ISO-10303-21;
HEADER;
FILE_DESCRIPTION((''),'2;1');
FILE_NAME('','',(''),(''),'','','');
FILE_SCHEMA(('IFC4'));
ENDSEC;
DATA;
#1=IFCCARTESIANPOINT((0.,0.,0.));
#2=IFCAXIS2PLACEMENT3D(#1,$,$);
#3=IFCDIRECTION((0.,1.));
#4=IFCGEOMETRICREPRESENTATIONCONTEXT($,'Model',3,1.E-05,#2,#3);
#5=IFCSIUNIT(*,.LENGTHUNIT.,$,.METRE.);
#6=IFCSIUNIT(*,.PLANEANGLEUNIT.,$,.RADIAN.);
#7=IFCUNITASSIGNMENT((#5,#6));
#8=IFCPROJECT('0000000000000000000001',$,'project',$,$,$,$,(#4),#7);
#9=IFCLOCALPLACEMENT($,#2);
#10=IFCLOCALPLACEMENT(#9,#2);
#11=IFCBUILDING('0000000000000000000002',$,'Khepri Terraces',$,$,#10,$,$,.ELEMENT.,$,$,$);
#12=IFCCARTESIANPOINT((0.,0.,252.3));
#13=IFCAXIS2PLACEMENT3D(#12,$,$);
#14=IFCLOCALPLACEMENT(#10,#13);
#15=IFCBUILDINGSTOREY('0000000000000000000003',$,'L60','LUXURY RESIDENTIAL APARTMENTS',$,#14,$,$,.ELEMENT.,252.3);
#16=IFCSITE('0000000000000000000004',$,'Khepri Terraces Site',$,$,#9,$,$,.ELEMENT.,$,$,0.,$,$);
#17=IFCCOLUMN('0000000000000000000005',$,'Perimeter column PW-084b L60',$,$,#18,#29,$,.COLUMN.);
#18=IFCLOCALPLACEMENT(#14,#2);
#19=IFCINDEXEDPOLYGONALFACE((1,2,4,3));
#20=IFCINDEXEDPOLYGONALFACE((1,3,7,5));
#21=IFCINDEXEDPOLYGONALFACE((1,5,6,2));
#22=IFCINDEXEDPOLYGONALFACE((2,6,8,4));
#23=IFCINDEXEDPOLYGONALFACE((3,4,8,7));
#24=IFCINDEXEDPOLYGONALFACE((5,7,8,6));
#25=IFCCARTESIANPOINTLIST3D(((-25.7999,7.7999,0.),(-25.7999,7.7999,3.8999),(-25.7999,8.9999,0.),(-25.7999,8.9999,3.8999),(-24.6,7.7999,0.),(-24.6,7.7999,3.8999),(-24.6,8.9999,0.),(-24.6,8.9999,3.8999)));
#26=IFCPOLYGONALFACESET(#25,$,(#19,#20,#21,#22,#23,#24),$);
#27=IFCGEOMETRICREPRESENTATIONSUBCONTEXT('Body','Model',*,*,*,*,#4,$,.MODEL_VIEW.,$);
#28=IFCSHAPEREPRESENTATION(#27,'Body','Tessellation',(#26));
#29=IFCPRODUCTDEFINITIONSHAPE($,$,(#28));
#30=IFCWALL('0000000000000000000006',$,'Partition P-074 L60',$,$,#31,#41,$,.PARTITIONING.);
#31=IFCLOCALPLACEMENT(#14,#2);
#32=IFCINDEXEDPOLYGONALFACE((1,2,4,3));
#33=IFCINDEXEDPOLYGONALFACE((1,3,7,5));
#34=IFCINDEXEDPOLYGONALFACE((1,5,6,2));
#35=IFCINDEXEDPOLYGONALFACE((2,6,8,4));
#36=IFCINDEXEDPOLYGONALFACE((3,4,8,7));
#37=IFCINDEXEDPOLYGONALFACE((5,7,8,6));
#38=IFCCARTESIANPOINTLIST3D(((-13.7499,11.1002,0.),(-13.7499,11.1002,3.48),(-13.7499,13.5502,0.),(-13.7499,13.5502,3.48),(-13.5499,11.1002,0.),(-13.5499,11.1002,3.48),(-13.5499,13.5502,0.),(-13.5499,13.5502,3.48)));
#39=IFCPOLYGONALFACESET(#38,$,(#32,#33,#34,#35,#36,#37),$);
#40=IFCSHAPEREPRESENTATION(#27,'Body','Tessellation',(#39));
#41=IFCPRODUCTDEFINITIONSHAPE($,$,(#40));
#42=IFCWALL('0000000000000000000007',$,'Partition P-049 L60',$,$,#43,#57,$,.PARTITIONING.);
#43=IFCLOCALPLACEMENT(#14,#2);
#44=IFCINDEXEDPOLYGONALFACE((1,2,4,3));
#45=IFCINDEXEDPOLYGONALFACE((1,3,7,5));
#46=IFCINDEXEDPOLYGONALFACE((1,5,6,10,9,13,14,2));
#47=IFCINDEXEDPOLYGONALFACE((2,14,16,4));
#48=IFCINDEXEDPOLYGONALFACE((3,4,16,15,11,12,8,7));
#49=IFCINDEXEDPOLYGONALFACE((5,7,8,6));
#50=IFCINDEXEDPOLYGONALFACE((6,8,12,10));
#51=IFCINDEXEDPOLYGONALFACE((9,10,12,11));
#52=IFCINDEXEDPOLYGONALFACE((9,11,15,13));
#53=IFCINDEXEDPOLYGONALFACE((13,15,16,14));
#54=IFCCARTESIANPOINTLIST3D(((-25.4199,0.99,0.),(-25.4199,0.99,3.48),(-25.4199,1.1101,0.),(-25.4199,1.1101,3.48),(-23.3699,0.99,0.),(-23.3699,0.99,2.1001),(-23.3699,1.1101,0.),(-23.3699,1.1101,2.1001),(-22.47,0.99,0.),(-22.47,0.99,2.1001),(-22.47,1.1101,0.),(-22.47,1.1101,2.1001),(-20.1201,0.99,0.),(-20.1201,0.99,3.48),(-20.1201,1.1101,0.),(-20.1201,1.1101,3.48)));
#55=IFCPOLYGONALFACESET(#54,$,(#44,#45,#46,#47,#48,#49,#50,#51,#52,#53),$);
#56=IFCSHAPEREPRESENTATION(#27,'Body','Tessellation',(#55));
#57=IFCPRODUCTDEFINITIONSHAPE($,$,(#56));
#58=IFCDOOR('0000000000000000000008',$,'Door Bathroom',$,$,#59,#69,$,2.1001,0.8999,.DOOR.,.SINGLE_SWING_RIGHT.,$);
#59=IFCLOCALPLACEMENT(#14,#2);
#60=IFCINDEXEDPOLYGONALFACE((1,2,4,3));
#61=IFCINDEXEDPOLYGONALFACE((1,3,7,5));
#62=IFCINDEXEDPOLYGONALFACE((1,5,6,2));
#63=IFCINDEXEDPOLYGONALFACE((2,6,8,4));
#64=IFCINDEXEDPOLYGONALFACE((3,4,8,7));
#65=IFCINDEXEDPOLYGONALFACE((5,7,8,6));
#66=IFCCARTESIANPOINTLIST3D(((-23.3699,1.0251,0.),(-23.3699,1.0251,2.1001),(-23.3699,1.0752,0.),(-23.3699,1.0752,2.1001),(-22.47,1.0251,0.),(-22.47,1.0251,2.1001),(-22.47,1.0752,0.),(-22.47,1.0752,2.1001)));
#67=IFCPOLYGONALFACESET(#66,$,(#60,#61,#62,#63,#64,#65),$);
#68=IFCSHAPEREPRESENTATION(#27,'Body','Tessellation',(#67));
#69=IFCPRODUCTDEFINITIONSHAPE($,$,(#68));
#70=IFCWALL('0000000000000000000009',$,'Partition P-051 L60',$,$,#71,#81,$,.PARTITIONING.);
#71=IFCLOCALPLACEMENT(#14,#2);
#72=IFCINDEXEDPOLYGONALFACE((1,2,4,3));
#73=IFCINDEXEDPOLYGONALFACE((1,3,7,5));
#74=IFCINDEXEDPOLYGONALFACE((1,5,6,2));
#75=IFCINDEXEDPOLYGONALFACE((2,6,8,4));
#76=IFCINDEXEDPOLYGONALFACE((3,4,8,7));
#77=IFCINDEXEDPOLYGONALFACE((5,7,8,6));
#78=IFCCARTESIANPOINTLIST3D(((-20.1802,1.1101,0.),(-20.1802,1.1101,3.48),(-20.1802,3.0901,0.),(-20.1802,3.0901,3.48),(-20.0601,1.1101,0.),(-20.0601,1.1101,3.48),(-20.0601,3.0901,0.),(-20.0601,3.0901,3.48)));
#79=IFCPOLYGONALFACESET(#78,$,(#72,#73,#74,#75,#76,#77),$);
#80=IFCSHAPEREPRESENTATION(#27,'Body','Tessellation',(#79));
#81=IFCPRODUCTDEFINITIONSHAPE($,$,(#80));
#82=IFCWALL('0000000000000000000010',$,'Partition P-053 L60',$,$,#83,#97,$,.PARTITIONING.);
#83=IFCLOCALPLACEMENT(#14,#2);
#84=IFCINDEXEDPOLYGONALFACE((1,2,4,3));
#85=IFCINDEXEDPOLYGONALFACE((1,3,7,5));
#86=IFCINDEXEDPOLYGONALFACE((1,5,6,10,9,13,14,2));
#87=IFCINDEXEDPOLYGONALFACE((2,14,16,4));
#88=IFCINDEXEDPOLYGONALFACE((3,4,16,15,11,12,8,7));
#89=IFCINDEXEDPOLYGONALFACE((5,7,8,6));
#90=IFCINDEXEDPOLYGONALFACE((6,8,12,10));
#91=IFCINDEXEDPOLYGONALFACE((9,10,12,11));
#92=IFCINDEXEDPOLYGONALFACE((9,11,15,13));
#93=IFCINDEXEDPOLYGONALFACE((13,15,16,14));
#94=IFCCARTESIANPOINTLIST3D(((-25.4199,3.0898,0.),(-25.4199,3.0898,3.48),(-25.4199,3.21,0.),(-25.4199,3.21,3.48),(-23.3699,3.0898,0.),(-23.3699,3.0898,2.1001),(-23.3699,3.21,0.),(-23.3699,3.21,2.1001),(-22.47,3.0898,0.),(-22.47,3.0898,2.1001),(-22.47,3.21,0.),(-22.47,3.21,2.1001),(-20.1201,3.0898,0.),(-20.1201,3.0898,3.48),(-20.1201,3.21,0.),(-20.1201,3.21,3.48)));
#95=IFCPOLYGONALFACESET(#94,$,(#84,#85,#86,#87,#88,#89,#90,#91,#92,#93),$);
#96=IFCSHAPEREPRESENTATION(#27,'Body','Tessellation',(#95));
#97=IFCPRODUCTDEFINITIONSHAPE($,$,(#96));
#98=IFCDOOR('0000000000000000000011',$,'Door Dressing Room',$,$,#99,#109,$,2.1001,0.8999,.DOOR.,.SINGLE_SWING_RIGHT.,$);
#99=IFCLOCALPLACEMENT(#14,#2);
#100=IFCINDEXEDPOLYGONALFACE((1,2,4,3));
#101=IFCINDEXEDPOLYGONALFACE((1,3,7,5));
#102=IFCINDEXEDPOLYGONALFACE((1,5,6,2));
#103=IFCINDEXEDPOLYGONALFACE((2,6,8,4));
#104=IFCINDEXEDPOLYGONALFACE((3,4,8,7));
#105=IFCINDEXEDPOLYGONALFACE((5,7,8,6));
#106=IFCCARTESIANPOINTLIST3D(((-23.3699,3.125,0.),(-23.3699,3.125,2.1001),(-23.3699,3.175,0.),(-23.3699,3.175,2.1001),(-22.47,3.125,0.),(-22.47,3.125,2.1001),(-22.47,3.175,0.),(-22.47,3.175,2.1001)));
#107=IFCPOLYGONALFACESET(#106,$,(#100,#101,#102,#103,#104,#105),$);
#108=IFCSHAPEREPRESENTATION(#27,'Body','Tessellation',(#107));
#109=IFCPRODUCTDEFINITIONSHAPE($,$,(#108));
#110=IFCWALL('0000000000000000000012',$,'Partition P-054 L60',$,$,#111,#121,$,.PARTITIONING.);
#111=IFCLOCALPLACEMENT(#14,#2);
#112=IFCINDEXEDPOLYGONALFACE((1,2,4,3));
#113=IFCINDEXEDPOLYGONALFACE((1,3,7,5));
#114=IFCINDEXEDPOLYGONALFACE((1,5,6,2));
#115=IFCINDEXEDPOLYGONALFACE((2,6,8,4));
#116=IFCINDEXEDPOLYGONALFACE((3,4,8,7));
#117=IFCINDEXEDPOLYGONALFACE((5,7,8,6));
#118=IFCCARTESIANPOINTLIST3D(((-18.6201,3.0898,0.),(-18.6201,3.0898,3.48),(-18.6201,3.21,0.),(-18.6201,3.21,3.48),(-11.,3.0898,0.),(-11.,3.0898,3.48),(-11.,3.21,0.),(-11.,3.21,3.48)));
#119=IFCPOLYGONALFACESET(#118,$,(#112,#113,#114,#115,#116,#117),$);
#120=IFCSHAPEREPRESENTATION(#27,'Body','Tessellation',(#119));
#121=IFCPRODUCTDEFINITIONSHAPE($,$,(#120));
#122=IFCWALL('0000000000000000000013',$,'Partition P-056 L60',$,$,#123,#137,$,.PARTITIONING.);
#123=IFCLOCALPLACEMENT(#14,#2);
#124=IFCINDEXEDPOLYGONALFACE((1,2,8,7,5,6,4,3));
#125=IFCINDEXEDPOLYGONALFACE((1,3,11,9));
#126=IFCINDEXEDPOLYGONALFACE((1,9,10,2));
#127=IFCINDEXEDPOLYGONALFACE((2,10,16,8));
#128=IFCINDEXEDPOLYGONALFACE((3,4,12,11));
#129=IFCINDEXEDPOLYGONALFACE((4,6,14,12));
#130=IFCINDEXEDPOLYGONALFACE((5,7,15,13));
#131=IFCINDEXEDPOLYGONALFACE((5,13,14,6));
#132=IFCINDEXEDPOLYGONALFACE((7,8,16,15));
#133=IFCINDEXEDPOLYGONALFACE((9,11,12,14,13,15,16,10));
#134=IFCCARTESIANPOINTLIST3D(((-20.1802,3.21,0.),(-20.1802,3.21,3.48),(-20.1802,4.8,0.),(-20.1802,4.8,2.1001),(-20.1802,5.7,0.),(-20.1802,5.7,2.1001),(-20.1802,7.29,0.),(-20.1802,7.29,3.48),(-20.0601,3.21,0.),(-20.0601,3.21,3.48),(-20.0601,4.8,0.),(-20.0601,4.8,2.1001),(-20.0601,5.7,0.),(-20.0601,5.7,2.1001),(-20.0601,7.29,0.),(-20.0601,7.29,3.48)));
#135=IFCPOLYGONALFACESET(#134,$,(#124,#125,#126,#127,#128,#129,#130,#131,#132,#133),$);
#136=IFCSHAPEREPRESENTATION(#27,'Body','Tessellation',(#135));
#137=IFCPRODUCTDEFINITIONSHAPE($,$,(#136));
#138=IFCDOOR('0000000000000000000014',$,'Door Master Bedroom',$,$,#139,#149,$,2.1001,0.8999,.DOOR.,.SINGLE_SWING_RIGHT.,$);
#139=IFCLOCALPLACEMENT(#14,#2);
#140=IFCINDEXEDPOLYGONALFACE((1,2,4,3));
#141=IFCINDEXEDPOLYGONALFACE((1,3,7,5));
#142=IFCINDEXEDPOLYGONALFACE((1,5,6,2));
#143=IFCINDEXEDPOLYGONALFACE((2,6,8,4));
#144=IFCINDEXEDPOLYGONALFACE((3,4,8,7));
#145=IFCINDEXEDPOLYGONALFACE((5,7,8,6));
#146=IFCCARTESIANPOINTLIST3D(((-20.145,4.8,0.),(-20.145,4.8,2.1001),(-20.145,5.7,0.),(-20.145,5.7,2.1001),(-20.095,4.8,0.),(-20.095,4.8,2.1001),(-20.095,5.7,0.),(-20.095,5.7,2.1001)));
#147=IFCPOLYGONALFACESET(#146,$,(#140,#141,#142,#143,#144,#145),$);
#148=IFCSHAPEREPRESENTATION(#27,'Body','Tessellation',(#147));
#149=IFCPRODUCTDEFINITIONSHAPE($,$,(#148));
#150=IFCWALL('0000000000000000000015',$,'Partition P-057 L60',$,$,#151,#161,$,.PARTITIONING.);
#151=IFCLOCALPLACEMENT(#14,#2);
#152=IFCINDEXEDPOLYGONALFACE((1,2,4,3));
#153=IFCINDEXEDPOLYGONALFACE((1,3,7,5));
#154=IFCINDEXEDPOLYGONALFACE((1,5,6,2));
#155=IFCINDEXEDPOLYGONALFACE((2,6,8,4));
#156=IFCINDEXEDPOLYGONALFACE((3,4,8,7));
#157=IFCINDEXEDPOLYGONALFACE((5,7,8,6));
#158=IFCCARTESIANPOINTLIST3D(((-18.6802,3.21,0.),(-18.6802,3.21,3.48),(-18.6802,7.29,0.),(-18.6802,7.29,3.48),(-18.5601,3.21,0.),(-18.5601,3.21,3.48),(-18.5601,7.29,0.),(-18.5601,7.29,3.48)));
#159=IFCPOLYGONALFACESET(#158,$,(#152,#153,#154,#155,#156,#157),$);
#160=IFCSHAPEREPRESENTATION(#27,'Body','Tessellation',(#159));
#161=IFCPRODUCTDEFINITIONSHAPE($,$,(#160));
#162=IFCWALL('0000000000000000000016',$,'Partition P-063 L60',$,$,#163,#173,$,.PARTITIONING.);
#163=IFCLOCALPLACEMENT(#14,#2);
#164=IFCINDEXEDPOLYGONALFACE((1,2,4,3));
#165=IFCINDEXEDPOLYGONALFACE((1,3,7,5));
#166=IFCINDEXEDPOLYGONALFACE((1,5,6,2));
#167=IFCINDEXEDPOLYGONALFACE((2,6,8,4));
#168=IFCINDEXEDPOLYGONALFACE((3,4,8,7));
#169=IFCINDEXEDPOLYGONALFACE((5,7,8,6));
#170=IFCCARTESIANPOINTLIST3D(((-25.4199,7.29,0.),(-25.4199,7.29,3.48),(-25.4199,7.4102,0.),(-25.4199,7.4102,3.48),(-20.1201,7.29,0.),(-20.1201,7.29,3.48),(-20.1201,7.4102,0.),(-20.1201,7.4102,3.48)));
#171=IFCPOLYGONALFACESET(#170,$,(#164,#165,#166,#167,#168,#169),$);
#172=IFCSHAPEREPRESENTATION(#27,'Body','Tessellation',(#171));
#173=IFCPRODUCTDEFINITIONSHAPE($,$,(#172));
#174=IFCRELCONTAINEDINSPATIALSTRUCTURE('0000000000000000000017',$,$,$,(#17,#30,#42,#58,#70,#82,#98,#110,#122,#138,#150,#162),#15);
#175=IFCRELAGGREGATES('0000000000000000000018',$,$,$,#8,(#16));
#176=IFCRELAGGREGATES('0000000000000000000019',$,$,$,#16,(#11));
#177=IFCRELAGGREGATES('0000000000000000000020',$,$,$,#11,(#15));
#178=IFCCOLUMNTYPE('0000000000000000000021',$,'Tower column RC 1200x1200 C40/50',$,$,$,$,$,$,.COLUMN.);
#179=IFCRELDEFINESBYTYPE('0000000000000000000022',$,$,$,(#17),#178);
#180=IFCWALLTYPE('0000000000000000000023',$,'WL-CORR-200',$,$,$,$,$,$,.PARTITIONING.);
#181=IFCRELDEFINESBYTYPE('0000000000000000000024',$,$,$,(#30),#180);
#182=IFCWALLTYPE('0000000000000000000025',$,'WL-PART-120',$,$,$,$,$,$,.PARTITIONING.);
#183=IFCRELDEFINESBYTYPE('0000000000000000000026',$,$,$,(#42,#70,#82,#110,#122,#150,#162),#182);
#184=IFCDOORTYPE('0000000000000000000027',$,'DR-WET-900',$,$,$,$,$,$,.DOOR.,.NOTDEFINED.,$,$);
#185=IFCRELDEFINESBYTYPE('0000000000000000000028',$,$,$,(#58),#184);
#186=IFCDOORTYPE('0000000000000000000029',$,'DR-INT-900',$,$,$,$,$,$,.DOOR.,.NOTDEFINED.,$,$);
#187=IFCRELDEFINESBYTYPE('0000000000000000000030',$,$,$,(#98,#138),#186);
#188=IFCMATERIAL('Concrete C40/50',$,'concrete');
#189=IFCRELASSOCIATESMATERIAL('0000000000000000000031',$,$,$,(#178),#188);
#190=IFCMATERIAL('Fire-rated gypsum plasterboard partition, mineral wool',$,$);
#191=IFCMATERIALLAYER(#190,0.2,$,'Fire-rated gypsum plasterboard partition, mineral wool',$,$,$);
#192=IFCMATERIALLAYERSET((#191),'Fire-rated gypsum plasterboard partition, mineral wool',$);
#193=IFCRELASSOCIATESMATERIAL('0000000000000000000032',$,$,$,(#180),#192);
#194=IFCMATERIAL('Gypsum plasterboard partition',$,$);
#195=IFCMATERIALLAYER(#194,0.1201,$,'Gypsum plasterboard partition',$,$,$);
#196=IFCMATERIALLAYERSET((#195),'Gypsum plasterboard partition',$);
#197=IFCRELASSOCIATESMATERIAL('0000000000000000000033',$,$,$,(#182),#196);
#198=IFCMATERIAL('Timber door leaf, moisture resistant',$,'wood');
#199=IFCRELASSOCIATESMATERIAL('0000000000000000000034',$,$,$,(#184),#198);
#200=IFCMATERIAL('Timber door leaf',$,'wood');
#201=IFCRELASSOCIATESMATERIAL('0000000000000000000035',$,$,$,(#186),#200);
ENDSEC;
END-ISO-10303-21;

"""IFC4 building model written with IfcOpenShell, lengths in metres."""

from ifc_helpers import new_model, si_unit, direction, frame, frame_2d, origin, origin_2d, place, context, subcontext, project, spatial, rectangle, extrude, material, layer, layer_set, material_profile, profile_set, type_object, element, fill, save


model = new_model("IFC4")

# Units and contexts
model_context = context("Model", 3, precision=1e-05, world=origin(), true_north=direction((0.0, 1.0)))
body_context = subcontext(model_context, "Body", "Model", "MODEL_VIEW")
ifc_project = project(units=[si_unit("LENGTHUNIT", "METRE"), si_unit("PLANEANGLEUNIT", "RADIAN")], contexts=[model_context])

# Site, building, storey
site_placement = place(None, origin())
site = spatial("IfcSite", under=ifc_project, at=site_placement, Name="Khepri Terraces Site", CompositionType="ELEMENT", RefElevation=0.0)
building_placement = place(site_placement, origin())
building = spatial("IfcBuilding", under=site, at=building_placement, Name="Khepri Terraces", CompositionType="ELEMENT")
storey_placement = place(building_placement, frame((0.0, 0.0, 252.3)))
storey = spatial("IfcBuildingStorey", under=building, at=storey_placement, Name="L60", Description="LUXURY RESIDENTIAL APARTMENTS", CompositionType="ELEMENT", Elevation=252.3)

# Column
ifc_material_1 = material(Name="Concrete C40/50", Category="concrete")
ifc_material_profile = material_profile(ifc_material_1, rectangle(XDim=1.2, YDim=1.2, at=origin_2d()), Name="Concrete C40/50", Category="concrete")
ifc_profile_set = profile_set([ifc_material_profile], Name="Concrete C40/50")
column_type = type_object("IfcColumnType", Name="Tower column RC 1200x1200 C40/50", PredefinedType="COLUMN", material=ifc_profile_set)
column_placement = place(storey_placement, frame((-25.2, 8.3999, 0.0), z_axis=(0.0, 0.0, 1.0), x_axis=(1.0, 0.0, 0.0)))
element("IfcColumn", 1, at=column_placement, inside=storey, type_object=column_type, Name="Perimeter column PW-084b L60", PredefinedType="COLUMN", context=body_context, shape_type="SweptSolid", body=[
    extrude(rectangle(XDim=1.2, YDim=1.2, at=origin_2d()), origin(), (0.0, 0.0, 1.0), 3.8999),
])

# Shared definitions
ifc_material_2 = material(Name="Fire-rated gypsum plasterboard partition, mineral wool")
ifc_layer_1 = layer(ifc_material_2, 0.2, Name="Fire-rated gypsum plasterboard partition, mineral wool")
ifc_layer_set_1 = layer_set([ifc_layer_1], Name="Fire-rated gypsum plasterboard partition, mineral wool")
wall_type_1 = type_object("IfcWallType", Name="WL-CORR-200", PredefinedType="PARTITIONING", material=ifc_layer_set_1)

# Wall
wall_1_placement = place(storey_placement, frame((-13.6499, 11.1001, 0.0), z_axis=(0.0, 0.0, 1.0), x_axis=(0.0, 1.0, 0.0)))
element("IfcWall", 2, at=wall_1_placement, inside=storey, type_object=wall_type_1, Name="Partition P-074 L60", PredefinedType="PARTITIONING", context=body_context, shape_type="SweptSolid", body=[
    extrude(rectangle(XDim=2.45, YDim=0.2, at=frame_2d((1.2251, 0.0))), origin(), (0.0, 0.0, 1.0), 3.48),
])

# Wall, opening, door
ifc_material_3 = material(Name="Gypsum plasterboard partition")
ifc_layer_2 = layer(ifc_material_3, 0.1201, Name="Gypsum plasterboard partition")
ifc_layer_set_2 = layer_set([ifc_layer_2], Name="Gypsum plasterboard partition")
wall_type_2 = type_object("IfcWallType", Name="WL-PART-120", PredefinedType="PARTITIONING", material=ifc_layer_set_2)
wall_2_placement = place(storey_placement, frame((-25.4199, 1.05, 0.0), z_axis=(0.0, 0.0, 1.0), x_axis=(1.0, 0.0, 0.0)))
wall_2 = element("IfcWall", 3, at=wall_2_placement, inside=storey, type_object=wall_type_2, Name="Partition P-049 L60", PredefinedType="PARTITIONING", context=body_context, shape_type="SweptSolid", body=[
    extrude(rectangle(XDim=5.2998, YDim=0.1201, at=frame_2d((2.6499, 0.0))), origin(), (0.0, 0.0, 1.0), 3.48),
])
opening_1_placement = place(wall_2_placement, frame((2.05, 0.0, 0.0)))
opening_1 = element("IfcOpeningElement", 4, at=opening_1_placement, cuts=wall_2, PredefinedType="OPENING", context=body_context, shape_type="SweptSolid", body=[
    extrude(rectangle(XDim=0.8999, YDim=2.1001, at=frame_2d((0.45, 1.05))), frame((0.0, 0.0701, 0.0), z_axis=(0.0, -1.0, 0.0), x_axis=(1.0, 0.0, 0.0)), (0.0, 0.0, 1.0), 0.1401),
])
ifc_material_4 = material(Name="Timber door leaf, moisture resistant", Category="wood")
door_type_1 = type_object("IfcDoorType", Name="DR-WET-900", OperationType="NOTDEFINED", PredefinedType="DOOR", material=ifc_material_4)
door_1_placement = place(opening_1_placement, frame((0.8999, 0.0, 0.0), z_axis=(0.0, 0.0, 1.0), x_axis=(-1.0, 0.0, 0.0)))
door_1 = element("IfcDoor", 5, at=door_1_placement, inside=storey, type_object=door_type_1, Name="Door Bathroom", OperationType="SINGLE_SWING_RIGHT", OverallHeight=2.1001, OverallWidth=0.8999, PredefinedType="DOOR", context=body_context, shape_type="SweptSolid", body=[
    extrude(rectangle(XDim=0.8999, YDim=2.1001, at=frame_2d((0.45, 1.05))), frame((0.0, 0.0249, 0.0), z_axis=(0.0, -1.0, 0.0), x_axis=(1.0, 0.0, 0.0)), (0.0, 0.0, 1.0), 0.05),
])
fill(opening_1, door_1)

# Wall
wall_3_placement = place(storey_placement, frame((-20.1201, 1.1101, 0.0), z_axis=(0.0, 0.0, 1.0), x_axis=(0.0, 1.0, 0.0)))
element("IfcWall", 6, at=wall_3_placement, inside=storey, type_object=wall_type_2, Name="Partition P-051 L60", PredefinedType="PARTITIONING", context=body_context, shape_type="SweptSolid", body=[
    extrude(rectangle(XDim=1.98, YDim=0.1201, at=frame_2d((0.99, 0.0))), origin(), (0.0, 0.0, 1.0), 3.48),
])

# Wall, opening, door
wall_4_placement = place(storey_placement, frame((-25.4199, 3.1499, 0.0), z_axis=(0.0, 0.0, 1.0), x_axis=(1.0, 0.0, 0.0)))
wall_4 = element("IfcWall", 7, at=wall_4_placement, inside=storey, type_object=wall_type_2, Name="Partition P-053 L60", PredefinedType="PARTITIONING", context=body_context, shape_type="SweptSolid", body=[
    extrude(rectangle(XDim=5.2998, YDim=0.1201, at=frame_2d((2.6499, 0.0))), origin(), (0.0, 0.0, 1.0), 3.48),
])
opening_2_placement = place(wall_4_placement, frame((2.05, 0.0, 0.0)))
opening_2 = element("IfcOpeningElement", 8, at=opening_2_placement, cuts=wall_4, PredefinedType="OPENING", context=body_context, shape_type="SweptSolid", body=[
    extrude(rectangle(XDim=0.8999, YDim=2.1001, at=frame_2d((0.45, 1.05))), frame((0.0, 0.0701, 0.0), z_axis=(0.0, -1.0, 0.0), x_axis=(1.0, 0.0, 0.0)), (0.0, 0.0, 1.0), 0.1401),
])
ifc_material_5 = material(Name="Timber door leaf", Category="wood")
door_type_2 = type_object("IfcDoorType", Name="DR-INT-900", OperationType="NOTDEFINED", PredefinedType="DOOR", material=ifc_material_5)
door_2_placement = place(opening_2_placement, frame((0.8999, 0.0, 0.0), z_axis=(0.0, 0.0, 1.0), x_axis=(-1.0, 0.0, 0.0)))
door_2 = element("IfcDoor", 9, at=door_2_placement, inside=storey, type_object=door_type_2, Name="Door Dressing Room", OperationType="SINGLE_SWING_RIGHT", OverallHeight=2.1001, OverallWidth=0.8999, PredefinedType="DOOR", context=body_context, shape_type="SweptSolid", body=[
    extrude(rectangle(XDim=0.8999, YDim=2.1001, at=frame_2d((0.45, 1.05))), frame((0.0, 0.0249, 0.0), z_axis=(0.0, -1.0, 0.0), x_axis=(1.0, 0.0, 0.0)), (0.0, 0.0, 1.0), 0.05),
])
fill(opening_2, door_2)

# Wall
wall_5_placement = place(storey_placement, frame((-18.6201, 3.1499, 0.0), z_axis=(0.0, 0.0, 1.0), x_axis=(1.0, 0.0, 0.0)))
element("IfcWall", 10, at=wall_5_placement, inside=storey, type_object=wall_type_2, Name="Partition P-054 L60", PredefinedType="PARTITIONING", context=body_context, shape_type="SweptSolid", body=[
    extrude(rectangle(XDim=7.6201, YDim=0.1201, at=frame_2d((3.8101, 0.0))), origin(), (0.0, 0.0, 1.0), 3.48),
])

# Wall, opening, door
wall_6_placement = place(storey_placement, frame((-20.1201, 3.21, 0.0), z_axis=(0.0, 0.0, 1.0), x_axis=(0.0, 1.0, 0.0)))
wall_6 = element("IfcWall", 11, at=wall_6_placement, inside=storey, type_object=wall_type_2, Name="Partition P-056 L60", PredefinedType="PARTITIONING", context=body_context, shape_type="SweptSolid", body=[
    extrude(rectangle(XDim=4.0801, YDim=0.1201, at=frame_2d((2.04, 0.0))), origin(), (0.0, 0.0, 1.0), 3.48),
])
opening_3_placement = place(wall_6_placement, frame((1.5901, 0.0, 0.0)))
opening_3 = element("IfcOpeningElement", 12, at=opening_3_placement, cuts=wall_6, PredefinedType="OPENING", context=body_context, shape_type="SweptSolid", body=[
    extrude(rectangle(XDim=0.8999, YDim=2.1001, at=frame_2d((0.45, 1.05))), frame((0.0, 0.0701, 0.0), z_axis=(0.0, -1.0, 0.0), x_axis=(1.0, 0.0, 0.0)), (0.0, 0.0, 1.0), 0.1401),
])
door_3_placement = place(opening_3_placement, origin())
door_3 = element("IfcDoor", 13, at=door_3_placement, inside=storey, type_object=door_type_2, Name="Door Master Bedroom", OperationType="SINGLE_SWING_RIGHT", OverallHeight=2.1001, OverallWidth=0.8999, PredefinedType="DOOR", context=body_context, shape_type="SweptSolid", body=[
    extrude(rectangle(XDim=0.8999, YDim=2.1001, at=frame_2d((0.45, 1.05))), frame((0.0, 0.0249, 0.0), z_axis=(0.0, -1.0, 0.0), x_axis=(1.0, 0.0, 0.0)), (0.0, 0.0, 1.0), 0.05),
])
fill(opening_3, door_3)

# Walls
wall_7_placement = place(storey_placement, frame((-18.6201, 3.21, 0.0), z_axis=(0.0, 0.0, 1.0), x_axis=(0.0, 1.0, 0.0)))
element("IfcWall", 14, at=wall_7_placement, inside=storey, type_object=wall_type_2, Name="Partition P-057 L60", PredefinedType="PARTITIONING", context=body_context, shape_type="SweptSolid", body=[
    extrude(rectangle(XDim=4.0801, YDim=0.1201, at=frame_2d((2.04, 0.0))), origin(), (0.0, 0.0, 1.0), 3.48),
])
wall_8_placement = place(storey_placement, frame((-25.4199, 7.3501, 0.0), z_axis=(0.0, 0.0, 1.0), x_axis=(1.0, 0.0, 0.0)))
element("IfcWall", 15, at=wall_8_placement, inside=storey, type_object=wall_type_2, Name="Partition P-063 L60", PredefinedType="PARTITIONING", context=body_context, shape_type="SweptSolid", body=[
    extrude(rectangle(XDim=5.2998, YDim=0.1201, at=frame_2d((2.6499, 0.0))), origin(), (0.0, 0.0, 1.0), 3.48),
])

save(model, "model.ifc")
